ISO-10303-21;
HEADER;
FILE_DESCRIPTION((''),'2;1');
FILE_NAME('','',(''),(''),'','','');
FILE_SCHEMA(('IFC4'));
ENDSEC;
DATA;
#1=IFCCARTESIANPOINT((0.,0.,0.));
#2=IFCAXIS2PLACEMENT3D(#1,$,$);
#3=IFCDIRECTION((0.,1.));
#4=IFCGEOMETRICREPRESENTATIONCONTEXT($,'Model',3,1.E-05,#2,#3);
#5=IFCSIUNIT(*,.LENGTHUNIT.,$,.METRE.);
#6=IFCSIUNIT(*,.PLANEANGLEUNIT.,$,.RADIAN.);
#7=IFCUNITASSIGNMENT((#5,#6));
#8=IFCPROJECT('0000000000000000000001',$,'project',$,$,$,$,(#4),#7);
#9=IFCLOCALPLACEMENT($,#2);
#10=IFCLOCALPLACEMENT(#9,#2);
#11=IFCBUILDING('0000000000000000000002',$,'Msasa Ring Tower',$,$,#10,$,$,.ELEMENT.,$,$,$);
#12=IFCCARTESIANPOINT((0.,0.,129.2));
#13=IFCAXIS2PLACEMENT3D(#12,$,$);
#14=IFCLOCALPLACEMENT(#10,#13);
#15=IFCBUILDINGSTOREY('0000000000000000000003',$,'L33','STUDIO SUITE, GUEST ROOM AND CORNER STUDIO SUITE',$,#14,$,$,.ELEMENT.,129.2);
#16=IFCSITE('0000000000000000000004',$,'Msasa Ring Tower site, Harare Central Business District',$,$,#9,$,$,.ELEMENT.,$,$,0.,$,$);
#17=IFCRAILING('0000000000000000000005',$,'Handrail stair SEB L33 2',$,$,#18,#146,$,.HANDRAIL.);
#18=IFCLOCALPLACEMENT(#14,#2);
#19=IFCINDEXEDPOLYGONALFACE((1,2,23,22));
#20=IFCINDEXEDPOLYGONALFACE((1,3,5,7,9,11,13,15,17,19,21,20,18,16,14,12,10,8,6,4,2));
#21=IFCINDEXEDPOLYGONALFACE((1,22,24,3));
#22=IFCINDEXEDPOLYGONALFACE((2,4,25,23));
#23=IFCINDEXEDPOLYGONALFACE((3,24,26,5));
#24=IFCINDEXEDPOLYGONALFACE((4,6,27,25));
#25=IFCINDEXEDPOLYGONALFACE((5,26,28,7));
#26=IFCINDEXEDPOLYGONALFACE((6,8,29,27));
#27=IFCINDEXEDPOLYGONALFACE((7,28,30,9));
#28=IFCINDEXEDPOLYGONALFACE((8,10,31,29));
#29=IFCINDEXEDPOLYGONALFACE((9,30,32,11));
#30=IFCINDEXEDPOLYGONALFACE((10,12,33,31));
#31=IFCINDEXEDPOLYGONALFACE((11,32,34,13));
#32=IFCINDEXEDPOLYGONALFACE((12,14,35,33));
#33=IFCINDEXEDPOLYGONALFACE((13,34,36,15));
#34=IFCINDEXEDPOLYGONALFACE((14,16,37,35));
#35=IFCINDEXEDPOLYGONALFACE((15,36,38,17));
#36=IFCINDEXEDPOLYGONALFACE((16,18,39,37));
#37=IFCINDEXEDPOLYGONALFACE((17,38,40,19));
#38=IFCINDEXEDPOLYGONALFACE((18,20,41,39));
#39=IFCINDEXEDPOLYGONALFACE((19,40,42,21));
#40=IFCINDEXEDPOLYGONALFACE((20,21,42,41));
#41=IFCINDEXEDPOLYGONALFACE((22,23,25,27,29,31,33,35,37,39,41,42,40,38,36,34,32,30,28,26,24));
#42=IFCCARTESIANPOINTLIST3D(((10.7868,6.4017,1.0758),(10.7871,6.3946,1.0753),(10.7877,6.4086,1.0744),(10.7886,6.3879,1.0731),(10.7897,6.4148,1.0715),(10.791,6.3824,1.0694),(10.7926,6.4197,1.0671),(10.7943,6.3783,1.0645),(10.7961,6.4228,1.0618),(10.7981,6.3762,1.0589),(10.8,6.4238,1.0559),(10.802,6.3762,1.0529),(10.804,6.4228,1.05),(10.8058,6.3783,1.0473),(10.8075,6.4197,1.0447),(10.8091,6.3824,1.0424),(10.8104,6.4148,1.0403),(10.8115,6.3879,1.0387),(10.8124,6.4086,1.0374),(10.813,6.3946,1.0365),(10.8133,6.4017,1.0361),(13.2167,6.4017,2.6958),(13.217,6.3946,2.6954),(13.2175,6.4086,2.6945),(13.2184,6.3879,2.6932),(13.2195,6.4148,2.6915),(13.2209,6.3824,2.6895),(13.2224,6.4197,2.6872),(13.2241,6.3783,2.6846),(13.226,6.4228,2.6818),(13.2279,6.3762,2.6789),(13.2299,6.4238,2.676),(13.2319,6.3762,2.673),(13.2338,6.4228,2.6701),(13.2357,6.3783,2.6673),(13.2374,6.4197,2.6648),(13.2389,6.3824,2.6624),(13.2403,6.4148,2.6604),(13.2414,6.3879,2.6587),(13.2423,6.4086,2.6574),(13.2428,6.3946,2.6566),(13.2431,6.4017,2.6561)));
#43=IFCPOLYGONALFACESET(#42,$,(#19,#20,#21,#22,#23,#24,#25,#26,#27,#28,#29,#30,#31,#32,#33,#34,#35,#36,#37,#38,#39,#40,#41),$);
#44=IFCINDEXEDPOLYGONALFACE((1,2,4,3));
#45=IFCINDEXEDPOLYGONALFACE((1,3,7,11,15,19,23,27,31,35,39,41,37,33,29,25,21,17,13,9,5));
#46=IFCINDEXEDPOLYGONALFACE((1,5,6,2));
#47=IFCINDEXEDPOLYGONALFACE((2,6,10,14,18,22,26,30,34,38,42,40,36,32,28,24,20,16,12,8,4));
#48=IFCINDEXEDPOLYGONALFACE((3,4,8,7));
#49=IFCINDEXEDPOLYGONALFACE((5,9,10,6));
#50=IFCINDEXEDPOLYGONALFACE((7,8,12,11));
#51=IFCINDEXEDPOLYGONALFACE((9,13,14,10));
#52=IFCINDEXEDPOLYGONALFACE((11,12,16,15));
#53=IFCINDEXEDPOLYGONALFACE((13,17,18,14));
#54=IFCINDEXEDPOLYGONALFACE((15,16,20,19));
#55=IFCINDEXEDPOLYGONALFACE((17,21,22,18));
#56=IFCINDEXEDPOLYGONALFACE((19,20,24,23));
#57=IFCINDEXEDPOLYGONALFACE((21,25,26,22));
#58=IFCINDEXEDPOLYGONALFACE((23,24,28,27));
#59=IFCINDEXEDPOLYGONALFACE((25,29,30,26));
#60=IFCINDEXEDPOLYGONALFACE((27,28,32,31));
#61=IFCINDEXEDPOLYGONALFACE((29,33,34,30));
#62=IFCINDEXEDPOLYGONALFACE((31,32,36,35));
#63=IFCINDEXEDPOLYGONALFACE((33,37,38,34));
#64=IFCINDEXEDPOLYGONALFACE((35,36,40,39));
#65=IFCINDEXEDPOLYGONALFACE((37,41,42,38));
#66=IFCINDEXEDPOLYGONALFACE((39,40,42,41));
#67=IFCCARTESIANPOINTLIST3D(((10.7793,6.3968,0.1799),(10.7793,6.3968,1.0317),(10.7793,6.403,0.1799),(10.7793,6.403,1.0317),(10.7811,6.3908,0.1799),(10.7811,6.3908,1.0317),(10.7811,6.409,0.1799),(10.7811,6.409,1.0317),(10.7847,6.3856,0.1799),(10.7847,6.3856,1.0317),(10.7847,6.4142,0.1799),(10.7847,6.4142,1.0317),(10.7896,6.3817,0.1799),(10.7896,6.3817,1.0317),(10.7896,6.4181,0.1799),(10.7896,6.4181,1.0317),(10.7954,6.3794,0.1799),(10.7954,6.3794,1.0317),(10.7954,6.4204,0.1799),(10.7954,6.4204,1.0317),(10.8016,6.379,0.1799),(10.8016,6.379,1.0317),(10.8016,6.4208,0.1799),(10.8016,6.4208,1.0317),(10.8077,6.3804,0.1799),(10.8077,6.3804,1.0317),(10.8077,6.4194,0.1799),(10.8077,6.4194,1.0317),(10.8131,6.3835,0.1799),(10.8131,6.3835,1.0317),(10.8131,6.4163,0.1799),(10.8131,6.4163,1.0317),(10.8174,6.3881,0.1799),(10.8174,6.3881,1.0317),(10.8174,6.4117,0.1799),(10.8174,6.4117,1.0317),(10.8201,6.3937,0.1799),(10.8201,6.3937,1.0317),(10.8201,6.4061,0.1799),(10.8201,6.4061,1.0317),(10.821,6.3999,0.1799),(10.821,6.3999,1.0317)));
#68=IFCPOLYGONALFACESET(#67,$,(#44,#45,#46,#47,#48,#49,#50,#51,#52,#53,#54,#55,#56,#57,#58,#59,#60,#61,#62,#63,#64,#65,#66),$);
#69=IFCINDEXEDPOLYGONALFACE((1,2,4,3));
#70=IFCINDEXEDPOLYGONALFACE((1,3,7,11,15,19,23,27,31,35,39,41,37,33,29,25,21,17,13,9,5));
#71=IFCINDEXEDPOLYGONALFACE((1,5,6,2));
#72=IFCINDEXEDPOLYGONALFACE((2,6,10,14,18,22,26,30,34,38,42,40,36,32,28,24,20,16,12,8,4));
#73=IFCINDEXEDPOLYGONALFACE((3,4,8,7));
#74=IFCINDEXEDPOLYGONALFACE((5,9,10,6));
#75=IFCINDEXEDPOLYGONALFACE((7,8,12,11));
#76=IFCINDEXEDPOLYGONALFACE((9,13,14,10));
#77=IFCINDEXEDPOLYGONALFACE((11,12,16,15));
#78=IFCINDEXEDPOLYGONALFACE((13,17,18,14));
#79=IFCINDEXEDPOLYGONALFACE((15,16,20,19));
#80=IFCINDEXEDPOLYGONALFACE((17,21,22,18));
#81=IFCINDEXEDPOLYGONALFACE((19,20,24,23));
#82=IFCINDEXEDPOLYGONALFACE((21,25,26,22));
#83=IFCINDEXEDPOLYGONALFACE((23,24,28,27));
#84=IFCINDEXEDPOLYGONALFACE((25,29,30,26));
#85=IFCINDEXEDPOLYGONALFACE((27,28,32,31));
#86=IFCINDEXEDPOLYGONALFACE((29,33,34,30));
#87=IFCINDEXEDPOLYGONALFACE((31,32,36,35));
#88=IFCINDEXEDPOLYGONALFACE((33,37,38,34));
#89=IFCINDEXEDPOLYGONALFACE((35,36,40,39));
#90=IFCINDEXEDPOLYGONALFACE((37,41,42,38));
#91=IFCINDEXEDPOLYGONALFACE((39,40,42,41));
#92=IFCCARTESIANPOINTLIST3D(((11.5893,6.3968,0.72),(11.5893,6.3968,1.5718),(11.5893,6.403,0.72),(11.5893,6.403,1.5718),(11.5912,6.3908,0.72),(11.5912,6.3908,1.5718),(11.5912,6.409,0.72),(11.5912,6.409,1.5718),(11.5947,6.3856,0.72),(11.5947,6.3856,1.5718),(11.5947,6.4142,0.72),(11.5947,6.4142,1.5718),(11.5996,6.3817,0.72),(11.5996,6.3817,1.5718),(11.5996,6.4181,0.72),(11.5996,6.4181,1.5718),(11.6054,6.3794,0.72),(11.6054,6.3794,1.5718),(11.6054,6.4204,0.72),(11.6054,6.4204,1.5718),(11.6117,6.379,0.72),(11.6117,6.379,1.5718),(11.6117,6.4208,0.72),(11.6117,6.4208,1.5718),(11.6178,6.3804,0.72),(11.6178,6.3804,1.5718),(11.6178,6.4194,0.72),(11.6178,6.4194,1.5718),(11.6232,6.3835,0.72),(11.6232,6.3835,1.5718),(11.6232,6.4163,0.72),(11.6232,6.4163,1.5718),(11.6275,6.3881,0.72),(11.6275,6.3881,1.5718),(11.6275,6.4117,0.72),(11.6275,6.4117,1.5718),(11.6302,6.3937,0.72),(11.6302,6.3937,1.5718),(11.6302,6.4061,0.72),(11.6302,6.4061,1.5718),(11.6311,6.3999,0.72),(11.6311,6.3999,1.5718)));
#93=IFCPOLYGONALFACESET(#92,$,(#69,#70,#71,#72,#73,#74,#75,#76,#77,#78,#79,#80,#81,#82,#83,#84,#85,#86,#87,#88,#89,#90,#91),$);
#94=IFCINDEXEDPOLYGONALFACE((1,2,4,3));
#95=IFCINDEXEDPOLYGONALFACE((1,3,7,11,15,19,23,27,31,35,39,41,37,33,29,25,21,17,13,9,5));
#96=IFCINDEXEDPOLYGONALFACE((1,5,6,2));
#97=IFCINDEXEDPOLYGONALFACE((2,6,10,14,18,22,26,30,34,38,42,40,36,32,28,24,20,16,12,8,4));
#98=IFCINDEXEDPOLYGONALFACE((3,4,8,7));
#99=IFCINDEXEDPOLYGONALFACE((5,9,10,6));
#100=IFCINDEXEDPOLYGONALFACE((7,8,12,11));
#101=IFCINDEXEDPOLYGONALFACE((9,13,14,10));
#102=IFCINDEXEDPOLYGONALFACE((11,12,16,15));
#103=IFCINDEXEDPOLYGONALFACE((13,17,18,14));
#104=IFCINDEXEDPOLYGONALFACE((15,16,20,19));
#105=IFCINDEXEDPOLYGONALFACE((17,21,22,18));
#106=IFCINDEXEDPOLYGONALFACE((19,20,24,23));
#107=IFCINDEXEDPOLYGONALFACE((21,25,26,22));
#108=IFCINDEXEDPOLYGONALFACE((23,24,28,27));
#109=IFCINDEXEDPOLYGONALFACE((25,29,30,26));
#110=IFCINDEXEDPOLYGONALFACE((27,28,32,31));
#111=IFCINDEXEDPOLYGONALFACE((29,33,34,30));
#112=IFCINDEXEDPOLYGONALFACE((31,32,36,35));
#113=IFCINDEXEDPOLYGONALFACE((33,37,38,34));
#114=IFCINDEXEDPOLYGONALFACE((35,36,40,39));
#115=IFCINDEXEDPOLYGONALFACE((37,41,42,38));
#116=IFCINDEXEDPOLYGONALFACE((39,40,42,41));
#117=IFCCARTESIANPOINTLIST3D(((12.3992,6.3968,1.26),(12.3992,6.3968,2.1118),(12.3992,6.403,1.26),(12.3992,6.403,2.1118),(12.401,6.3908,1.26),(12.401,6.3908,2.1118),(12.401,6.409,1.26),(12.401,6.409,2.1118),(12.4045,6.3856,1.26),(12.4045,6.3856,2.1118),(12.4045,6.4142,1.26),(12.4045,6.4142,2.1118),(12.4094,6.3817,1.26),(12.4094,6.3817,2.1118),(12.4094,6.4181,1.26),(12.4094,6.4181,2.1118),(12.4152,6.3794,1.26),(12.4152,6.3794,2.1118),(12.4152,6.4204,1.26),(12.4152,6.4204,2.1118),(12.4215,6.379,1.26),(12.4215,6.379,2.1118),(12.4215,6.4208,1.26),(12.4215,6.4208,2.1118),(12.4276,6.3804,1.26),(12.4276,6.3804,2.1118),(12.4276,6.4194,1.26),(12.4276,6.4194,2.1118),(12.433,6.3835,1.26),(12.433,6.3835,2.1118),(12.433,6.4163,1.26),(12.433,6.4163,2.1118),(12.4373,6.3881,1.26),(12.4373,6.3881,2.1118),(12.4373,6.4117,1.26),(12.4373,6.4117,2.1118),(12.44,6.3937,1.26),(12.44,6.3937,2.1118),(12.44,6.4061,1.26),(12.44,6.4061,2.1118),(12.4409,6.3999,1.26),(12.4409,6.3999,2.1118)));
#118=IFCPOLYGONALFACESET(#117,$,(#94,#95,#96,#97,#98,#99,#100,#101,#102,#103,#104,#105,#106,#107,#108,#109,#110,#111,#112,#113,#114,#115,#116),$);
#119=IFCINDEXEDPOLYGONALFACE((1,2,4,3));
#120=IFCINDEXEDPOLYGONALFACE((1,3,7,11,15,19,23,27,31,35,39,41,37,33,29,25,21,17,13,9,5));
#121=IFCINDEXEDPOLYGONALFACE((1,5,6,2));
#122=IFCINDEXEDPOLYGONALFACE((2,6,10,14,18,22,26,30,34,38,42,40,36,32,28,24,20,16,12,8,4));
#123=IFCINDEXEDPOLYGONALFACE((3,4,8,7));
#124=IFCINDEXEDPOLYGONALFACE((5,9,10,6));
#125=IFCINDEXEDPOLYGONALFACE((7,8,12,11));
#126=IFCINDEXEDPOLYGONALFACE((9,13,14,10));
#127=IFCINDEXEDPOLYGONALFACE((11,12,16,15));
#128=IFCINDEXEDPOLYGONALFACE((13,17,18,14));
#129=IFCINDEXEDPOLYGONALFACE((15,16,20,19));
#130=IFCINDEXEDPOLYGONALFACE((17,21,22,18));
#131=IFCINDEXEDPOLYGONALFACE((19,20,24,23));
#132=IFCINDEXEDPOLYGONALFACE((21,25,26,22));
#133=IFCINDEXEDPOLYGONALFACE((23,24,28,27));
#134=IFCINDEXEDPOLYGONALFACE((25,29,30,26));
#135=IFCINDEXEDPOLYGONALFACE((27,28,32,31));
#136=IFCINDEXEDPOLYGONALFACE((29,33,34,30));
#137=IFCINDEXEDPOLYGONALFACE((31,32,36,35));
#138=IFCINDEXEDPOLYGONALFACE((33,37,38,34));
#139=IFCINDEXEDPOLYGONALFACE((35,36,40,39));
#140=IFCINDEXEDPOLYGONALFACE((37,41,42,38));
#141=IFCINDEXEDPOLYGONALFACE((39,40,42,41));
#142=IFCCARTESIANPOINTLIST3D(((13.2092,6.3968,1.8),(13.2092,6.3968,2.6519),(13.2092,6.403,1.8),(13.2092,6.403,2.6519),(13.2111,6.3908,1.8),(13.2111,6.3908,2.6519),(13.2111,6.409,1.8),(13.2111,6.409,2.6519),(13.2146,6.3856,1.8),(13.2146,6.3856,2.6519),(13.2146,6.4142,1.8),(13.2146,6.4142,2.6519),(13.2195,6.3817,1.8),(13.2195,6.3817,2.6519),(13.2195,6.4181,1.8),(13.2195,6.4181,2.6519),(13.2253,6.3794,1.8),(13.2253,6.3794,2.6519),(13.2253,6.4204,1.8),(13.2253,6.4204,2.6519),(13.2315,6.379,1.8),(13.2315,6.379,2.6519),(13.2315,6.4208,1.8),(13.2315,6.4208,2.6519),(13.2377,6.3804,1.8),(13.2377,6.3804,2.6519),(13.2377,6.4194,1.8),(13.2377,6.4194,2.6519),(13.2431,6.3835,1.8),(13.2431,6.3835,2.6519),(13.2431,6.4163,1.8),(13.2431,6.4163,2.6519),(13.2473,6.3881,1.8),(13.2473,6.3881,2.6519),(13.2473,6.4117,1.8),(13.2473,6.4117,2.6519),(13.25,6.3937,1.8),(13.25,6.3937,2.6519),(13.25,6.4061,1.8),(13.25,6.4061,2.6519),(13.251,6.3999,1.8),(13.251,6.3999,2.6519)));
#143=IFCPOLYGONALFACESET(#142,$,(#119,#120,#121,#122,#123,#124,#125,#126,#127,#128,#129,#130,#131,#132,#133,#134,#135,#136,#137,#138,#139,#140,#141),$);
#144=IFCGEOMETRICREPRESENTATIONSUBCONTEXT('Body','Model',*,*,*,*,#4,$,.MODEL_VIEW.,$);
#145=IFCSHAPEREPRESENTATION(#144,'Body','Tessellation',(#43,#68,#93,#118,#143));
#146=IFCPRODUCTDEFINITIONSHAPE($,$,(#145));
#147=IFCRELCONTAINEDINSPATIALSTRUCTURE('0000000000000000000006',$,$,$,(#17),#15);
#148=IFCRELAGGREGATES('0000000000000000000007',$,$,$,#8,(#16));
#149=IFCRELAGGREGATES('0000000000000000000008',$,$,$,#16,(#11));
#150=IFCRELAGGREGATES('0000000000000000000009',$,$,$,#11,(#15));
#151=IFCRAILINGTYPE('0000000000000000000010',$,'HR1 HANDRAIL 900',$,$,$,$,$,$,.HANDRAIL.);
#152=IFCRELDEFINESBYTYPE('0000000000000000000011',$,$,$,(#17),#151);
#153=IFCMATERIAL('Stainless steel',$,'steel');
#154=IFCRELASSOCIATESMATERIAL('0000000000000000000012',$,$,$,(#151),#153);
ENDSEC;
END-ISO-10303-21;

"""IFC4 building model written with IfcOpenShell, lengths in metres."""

from ifc_helpers import new_model, si_unit, direction, frame, origin, origin_2d, place, context, subcontext, project, spatial, circle, extrude, material, type_object, element, save


model = new_model("IFC4")

# Units and contexts
model_context = context("Model", 3, precision=1e-05, world=origin(), true_north=direction((0.0, 1.0)))
body_context = subcontext(model_context, "Body", "Model", "MODEL_VIEW")
ifc_project = project(units=[si_unit("LENGTHUNIT", "METRE"), si_unit("PLANEANGLEUNIT", "RADIAN")], contexts=[model_context])

# Site, building, storey
site_placement = place(None, origin())
site = spatial("IfcSite", under=ifc_project, at=site_placement, Name="Msasa Ring Tower site, Harare Central Business District", CompositionType="ELEMENT", RefElevation=0.0)
building_placement = place(site_placement, origin())
building = spatial("IfcBuilding", under=site, at=building_placement, Name="Msasa Ring Tower", CompositionType="ELEMENT")
storey_placement = place(building_placement, frame((0.0, 0.0, 129.2)))
storey = spatial("IfcBuildingStorey", under=building, at=storey_placement, Name="L33", Description="STUDIO SUITE, GUEST ROOM AND CORNER STUDIO SUITE", CompositionType="ELEMENT", Elevation=129.2)

# Railing
ifc_material_1 = material(Name="Stainless steel", Category="steel")
railing_type = type_object("IfcRailingType", Name="HR1 HANDRAIL 900", PredefinedType="HANDRAIL", material=ifc_material_1)
for number, where, name in (
    (1, (10.8, 6.3999, 0.1799), "Handrail stair SEB L33 2"),
):
    element("IfcRailing", number, at=place(storey_placement, frame(where)), inside=storey, type_object=railing_type, Name=name, PredefinedType="HANDRAIL", context=body_context, shape_type="SweptSolid", body=[
        extrude(circle(Radius=0.0239, at=origin_2d()), frame((0.0, 0.0, 0.876), z_axis=(0.832025, 0.0, 0.554739), x_axis=(0.0, 1.0, 0.0)), (0.0, 0.0, 1.0), 2.9204),
        extrude(circle(Radius=0.021, at=origin_2d()), origin(), (0.0, 0.0, 1.0), 0.8518),
        extrude(circle(Radius=0.021, at=origin_2d()), frame((0.8101, 0.0, 0.54)), (0.0, 0.0, 1.0), 0.8518),
        extrude(circle(Radius=0.021, at=origin_2d()), frame((1.6199, 0.0, 1.0801)), (0.0, 0.0, 1.0), 0.8518),
        extrude(circle(Radius=0.021, at=origin_2d()), frame((2.4299, 0.0, 1.6201)), (0.0, 0.0, 1.0), 0.8518),
    ])

save(model, "model.ifc")
